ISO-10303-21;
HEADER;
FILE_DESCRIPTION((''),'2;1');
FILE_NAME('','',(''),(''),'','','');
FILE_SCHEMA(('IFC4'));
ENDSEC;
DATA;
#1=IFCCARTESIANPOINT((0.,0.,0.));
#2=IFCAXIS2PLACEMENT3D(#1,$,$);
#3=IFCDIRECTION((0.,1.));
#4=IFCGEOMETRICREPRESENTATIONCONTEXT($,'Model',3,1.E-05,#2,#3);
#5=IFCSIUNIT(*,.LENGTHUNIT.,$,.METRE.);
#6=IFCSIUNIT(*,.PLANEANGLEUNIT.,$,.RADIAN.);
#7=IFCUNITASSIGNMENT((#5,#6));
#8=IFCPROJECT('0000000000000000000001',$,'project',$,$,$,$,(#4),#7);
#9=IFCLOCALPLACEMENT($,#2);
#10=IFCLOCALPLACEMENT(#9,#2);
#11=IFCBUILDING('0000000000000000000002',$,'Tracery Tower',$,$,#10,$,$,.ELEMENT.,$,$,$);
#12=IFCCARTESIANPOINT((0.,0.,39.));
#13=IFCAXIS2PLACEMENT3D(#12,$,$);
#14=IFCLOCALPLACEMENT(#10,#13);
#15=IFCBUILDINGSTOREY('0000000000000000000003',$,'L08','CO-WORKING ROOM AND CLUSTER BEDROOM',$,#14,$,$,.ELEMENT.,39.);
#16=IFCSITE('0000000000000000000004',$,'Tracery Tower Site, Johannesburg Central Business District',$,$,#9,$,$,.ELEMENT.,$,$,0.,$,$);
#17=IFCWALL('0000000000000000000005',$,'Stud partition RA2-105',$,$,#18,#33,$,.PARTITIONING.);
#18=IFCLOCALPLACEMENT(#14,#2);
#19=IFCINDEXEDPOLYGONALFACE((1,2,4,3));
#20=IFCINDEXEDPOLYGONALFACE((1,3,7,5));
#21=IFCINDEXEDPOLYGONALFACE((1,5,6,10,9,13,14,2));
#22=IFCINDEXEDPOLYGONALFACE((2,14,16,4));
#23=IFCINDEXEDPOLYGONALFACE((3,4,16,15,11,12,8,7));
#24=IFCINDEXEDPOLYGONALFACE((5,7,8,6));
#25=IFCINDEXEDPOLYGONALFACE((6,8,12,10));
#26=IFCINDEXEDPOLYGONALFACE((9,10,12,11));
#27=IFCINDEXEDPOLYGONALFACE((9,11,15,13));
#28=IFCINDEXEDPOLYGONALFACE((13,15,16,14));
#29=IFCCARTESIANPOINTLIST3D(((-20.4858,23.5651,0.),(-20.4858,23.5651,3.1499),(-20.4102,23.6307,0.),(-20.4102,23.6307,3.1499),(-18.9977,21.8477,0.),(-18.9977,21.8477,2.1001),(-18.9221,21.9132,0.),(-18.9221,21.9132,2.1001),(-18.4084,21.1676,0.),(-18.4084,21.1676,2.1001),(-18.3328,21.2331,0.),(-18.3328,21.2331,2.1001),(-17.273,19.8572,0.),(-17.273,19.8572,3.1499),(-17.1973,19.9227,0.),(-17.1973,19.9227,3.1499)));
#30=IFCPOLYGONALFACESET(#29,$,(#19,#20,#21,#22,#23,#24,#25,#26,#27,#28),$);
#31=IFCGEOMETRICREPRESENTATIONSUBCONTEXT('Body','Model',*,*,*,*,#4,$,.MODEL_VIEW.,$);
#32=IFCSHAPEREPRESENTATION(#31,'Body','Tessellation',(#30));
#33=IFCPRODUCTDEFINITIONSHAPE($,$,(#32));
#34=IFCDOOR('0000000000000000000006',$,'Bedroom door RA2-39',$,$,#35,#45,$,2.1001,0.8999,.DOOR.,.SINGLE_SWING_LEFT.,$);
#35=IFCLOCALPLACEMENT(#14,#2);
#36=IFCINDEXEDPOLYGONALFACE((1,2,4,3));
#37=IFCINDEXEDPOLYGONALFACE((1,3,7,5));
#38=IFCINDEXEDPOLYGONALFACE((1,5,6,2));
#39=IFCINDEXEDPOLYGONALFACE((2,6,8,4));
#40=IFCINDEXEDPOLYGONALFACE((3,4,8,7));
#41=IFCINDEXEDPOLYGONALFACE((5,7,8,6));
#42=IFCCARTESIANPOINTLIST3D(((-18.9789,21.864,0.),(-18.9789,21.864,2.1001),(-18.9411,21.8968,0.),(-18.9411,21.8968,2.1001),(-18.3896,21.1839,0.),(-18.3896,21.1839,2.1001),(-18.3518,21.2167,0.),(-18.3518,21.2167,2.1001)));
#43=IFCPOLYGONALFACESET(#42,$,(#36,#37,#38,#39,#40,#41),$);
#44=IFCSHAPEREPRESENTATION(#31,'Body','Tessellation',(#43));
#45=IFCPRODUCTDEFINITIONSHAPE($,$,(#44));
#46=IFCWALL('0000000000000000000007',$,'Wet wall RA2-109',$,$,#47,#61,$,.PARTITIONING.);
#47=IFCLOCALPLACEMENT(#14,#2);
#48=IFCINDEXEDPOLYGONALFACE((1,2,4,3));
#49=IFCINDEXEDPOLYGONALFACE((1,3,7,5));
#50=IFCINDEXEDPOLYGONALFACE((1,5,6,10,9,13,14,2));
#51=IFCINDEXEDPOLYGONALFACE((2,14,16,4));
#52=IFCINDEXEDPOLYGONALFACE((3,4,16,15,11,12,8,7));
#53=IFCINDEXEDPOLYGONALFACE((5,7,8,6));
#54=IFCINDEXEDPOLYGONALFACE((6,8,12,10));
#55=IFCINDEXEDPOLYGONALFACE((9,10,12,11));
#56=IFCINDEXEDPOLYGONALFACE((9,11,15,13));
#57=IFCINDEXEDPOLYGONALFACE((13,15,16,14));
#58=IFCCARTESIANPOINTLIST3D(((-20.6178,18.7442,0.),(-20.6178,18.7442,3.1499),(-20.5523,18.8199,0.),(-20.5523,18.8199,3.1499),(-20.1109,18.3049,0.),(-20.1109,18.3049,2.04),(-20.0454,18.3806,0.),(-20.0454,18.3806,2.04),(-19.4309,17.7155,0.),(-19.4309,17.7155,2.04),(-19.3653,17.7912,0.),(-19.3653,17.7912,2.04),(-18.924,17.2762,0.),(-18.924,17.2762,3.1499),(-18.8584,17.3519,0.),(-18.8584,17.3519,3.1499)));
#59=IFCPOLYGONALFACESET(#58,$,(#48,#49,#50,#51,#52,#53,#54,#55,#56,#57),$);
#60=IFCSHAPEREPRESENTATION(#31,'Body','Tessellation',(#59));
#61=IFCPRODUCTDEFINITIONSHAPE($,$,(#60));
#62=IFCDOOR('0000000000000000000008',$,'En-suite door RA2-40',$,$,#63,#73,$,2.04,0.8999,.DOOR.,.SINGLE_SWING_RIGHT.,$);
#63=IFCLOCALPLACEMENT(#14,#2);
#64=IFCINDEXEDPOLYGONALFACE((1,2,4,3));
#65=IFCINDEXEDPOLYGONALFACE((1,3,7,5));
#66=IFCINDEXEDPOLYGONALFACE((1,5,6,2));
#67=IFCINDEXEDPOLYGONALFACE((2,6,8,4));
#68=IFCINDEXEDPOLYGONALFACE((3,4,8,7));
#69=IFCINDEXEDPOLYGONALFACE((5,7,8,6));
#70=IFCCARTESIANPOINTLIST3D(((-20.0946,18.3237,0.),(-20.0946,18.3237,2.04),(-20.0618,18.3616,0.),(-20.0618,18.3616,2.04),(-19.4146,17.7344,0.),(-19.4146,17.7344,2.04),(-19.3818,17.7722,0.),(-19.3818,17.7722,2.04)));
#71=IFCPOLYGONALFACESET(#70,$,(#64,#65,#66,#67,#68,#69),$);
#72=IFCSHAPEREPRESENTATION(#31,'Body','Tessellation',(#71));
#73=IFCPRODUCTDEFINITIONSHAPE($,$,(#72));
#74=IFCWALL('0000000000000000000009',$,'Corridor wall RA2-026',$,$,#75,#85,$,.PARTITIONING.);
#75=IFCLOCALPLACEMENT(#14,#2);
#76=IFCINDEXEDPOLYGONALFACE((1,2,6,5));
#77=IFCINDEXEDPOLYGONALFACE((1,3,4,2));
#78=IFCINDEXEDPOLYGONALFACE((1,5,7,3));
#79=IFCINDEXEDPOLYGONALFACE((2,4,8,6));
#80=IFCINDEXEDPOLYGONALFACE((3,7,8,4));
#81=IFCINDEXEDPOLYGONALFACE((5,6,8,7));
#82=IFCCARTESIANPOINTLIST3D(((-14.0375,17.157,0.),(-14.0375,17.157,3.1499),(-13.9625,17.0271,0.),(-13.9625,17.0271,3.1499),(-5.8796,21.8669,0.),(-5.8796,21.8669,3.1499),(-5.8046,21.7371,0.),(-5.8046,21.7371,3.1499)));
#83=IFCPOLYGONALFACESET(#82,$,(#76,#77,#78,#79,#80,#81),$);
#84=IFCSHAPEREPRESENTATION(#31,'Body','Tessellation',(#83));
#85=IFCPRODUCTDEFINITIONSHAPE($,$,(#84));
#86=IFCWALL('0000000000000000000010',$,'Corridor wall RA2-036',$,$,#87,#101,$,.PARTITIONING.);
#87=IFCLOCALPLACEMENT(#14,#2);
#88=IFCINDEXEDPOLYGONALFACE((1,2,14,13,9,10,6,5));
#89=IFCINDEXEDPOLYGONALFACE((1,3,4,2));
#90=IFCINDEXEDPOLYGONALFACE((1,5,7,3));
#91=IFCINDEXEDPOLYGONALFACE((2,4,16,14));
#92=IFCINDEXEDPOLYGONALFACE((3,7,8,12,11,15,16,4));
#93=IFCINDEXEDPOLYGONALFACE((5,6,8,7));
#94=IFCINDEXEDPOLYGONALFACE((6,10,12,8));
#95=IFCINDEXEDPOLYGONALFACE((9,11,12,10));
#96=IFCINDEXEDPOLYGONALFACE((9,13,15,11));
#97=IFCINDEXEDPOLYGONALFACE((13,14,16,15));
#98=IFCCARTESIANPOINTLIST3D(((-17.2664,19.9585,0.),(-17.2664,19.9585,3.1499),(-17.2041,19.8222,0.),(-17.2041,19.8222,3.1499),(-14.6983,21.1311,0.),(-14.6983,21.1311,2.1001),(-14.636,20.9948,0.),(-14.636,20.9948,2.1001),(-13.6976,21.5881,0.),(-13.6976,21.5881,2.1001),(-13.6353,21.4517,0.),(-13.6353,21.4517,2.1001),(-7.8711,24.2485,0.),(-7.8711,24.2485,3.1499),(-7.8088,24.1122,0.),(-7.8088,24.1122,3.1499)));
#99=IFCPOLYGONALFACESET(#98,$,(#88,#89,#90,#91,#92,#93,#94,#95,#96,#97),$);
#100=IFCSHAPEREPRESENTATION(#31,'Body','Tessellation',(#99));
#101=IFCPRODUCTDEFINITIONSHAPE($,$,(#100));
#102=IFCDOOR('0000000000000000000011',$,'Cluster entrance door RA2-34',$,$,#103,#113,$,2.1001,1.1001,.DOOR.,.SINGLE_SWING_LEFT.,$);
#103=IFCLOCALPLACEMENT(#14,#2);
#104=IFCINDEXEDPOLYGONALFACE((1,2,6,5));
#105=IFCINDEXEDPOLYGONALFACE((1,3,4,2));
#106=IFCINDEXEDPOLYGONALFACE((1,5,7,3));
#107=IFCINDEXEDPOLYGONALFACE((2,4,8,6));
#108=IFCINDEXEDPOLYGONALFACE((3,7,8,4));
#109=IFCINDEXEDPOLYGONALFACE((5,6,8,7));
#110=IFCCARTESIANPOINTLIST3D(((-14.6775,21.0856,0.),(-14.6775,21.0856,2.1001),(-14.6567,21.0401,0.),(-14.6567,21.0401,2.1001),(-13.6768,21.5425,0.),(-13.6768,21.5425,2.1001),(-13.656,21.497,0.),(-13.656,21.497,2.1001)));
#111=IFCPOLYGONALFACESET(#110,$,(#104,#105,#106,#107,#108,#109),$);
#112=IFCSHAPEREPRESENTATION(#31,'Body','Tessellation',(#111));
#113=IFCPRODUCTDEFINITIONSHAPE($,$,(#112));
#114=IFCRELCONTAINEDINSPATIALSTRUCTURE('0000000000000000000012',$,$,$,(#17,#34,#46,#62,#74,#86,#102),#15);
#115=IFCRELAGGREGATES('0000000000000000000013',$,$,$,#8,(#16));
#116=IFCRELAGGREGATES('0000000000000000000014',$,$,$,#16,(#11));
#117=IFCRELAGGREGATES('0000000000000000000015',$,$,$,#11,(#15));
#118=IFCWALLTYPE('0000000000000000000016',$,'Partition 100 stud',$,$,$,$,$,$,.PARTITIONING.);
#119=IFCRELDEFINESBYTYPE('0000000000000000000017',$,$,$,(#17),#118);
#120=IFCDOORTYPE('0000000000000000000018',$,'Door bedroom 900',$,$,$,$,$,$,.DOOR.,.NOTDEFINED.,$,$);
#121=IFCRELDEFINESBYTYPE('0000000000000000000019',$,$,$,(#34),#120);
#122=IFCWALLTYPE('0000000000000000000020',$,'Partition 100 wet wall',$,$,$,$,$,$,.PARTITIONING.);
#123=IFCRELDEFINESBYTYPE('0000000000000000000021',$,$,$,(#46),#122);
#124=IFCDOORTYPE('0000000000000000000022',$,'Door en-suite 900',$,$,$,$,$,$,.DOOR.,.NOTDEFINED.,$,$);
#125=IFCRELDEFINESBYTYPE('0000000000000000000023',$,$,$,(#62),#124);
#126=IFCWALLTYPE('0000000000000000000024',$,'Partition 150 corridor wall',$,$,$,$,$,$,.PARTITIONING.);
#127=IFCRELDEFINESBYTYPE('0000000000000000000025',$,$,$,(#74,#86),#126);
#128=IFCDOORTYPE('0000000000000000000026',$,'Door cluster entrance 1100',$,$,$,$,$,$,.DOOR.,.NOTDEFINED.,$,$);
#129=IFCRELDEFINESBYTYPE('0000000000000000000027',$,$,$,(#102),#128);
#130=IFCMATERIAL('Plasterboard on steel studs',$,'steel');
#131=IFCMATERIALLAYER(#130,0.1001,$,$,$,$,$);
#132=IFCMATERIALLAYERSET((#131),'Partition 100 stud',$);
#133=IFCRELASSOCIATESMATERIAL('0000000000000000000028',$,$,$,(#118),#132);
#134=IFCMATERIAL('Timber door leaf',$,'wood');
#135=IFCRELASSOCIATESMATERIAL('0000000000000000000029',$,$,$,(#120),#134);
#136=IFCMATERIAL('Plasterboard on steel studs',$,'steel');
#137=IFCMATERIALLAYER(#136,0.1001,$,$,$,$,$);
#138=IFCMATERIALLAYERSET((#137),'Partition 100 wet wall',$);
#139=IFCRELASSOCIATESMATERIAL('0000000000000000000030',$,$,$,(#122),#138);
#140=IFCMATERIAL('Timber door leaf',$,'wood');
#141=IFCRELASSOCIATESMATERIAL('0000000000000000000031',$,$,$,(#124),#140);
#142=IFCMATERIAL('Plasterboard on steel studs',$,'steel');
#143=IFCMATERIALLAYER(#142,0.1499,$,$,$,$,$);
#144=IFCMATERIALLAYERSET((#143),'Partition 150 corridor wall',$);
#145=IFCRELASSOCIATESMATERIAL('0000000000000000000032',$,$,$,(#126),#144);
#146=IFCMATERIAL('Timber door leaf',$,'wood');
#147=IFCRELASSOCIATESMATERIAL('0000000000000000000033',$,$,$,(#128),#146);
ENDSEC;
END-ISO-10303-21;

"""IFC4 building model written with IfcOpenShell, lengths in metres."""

from ifc_helpers import new_model, si_unit, direction, frame, frame_2d, origin, place, context, subcontext, project, spatial, rectangle, extrude, material, layer, layer_set, type_object, element, fill, save


model = new_model("IFC4")

# Units and contexts
model_context = context("Model", 3, precision=1e-05, world=origin(), true_north=direction((0.0, 1.0)))
body_context = subcontext(model_context, "Body", "Model", "MODEL_VIEW")
ifc_project = project(units=[si_unit("LENGTHUNIT", "METRE"), si_unit("PLANEANGLEUNIT", "RADIAN")], contexts=[model_context])

# Site, building, storey
site_placement = place(None, origin())
site = spatial("IfcSite", under=ifc_project, at=site_placement, Name="Tracery Tower Site, Johannesburg Central Business District", CompositionType="ELEMENT", RefElevation=0.0)
building_placement = place(site_placement, origin())
building = spatial("IfcBuilding", under=site, at=building_placement, Name="Tracery Tower", CompositionType="ELEMENT")
storey_placement = place(building_placement, frame((0.0, 0.0, 39.0)))
storey = spatial("IfcBuildingStorey", under=building, at=storey_placement, Name="L08", Description="CO-WORKING ROOM AND CLUSTER BEDROOM", CompositionType="ELEMENT", Elevation=39.0)

# Walls, openings, doors
ifc_material_1 = material(Name="Plasterboard on steel studs", Category="steel")
ifc_layer_1 = layer(ifc_material_1, 0.1001)
ifc_layer_set_1 = layer_set([ifc_layer_1], Name="Partition 100 stud")
wall_type_1 = type_object("IfcWallType", Name="Partition 100 stud", PredefinedType="PARTITIONING", material=ifc_layer_set_1)
wall_1_placement = place(storey_placement, frame((-20.448, 23.5979, 0.0), z_axis=(0.0, 0.0, 1.0), x_axis=(0.654847, -0.755761, 0.0)))
wall_1 = element("IfcWall", 1, at=wall_1_placement, inside=storey, type_object=wall_type_1, Name="Stud partition RA2-105", PredefinedType="PARTITIONING", context=body_context, shape_type="SweptSolid", body=[
    extrude(rectangle(XDim=4.9062, YDim=0.1001, at=frame_2d((2.4531, 0.0))), origin(), (0.0, 0.0, 1.0), 3.1499),
])
opening_1_placement = place(wall_1_placement, frame((2.2725, 0.0, 0.0)))
opening_1 = element("IfcOpeningElement", 2, at=opening_1_placement, cuts=wall_1, PredefinedType="OPENING", context=body_context, shape_type="SweptSolid", body=[
    extrude(rectangle(XDim=0.8999, YDim=2.1001, at=frame_2d((0.45, 1.05))), frame((0.0, 0.05, 0.0), z_axis=(0.0, -1.0, 0.0), x_axis=(1.0, 0.0, 0.0)), (0.0, 0.0, 1.0), 0.1001),
])
ifc_material_2 = material(Name="Timber door leaf", Category="wood")
door_type_1 = type_object("IfcDoorType", Name="Door bedroom 900", OperationType="NOTDEFINED", PredefinedType="DOOR", material=ifc_material_2)
door_1_placement = place(opening_1_placement, origin())
door_1 = element("IfcDoor", 3, at=door_1_placement, inside=storey, type_object=door_type_1, Name="Bedroom door RA2-39", OperationType="SINGLE_SWING_LEFT", OverallHeight=2.1001, OverallWidth=0.8999, PredefinedType="DOOR", context=body_context, shape_type="SweptSolid", body=[
    extrude(rectangle(XDim=0.8999, YDim=2.1001, at=frame_2d((0.45, 1.05))), frame((0.0, 0.0249, 0.0), z_axis=(0.0, -1.0, 0.0), x_axis=(1.0, 0.0, 0.0)), (0.0, 0.0, 1.0), 0.05),
])
fill(opening_1, door_1)
ifc_material_3 = material(Name="Plasterboard on steel studs", Category="steel")
ifc_layer_2 = layer(ifc_material_3, 0.1001)
ifc_layer_set_2 = layer_set([ifc_layer_2], Name="Partition 100 wet wall")
wall_type_2 = type_object("IfcWallType", Name="Partition 100 wet wall", PredefinedType="PARTITIONING", material=ifc_layer_set_2)
wall_2_placement = place(storey_placement, frame((-20.585, 18.782, 0.0), z_axis=(0.0, 0.0, 1.0), x_axis=(0.755685, -0.654935, 0.0)))
wall_2 = element("IfcWall", 4, at=wall_2_placement, inside=storey, type_object=wall_type_2, Name="Wet wall RA2-109", PredefinedType="PARTITIONING", context=body_context, shape_type="SweptSolid", body=[
    extrude(rectangle(XDim=2.2415, YDim=0.1001, at=frame_2d((1.1206, 0.0))), origin(), (0.0, 0.0, 1.0), 3.1499),
])
opening_2_placement = place(wall_2_placement, frame((0.6707, 0.0, 0.0)))
opening_2 = element("IfcOpeningElement", 5, at=opening_2_placement, cuts=wall_2, PredefinedType="OPENING", context=body_context, shape_type="SweptSolid", body=[
    extrude(rectangle(XDim=0.8999, YDim=2.04, at=frame_2d((0.45, 1.02))), frame((0.0, 0.05, 0.0), z_axis=(0.0, -1.0, 0.0), x_axis=(1.0, 0.0, 0.0)), (0.0, 0.0, 1.0), 0.1001),
])
ifc_material_4 = material(Name="Timber door leaf", Category="wood")
door_type_2 = type_object("IfcDoorType", Name="Door en-suite 900", OperationType="NOTDEFINED", PredefinedType="DOOR", material=ifc_material_4)
door_2_placement = place(opening_2_placement, origin())
door_2 = element("IfcDoor", 6, at=door_2_placement, inside=storey, type_object=door_type_2, Name="En-suite door RA2-40", OperationType="SINGLE_SWING_RIGHT", OverallHeight=2.04, OverallWidth=0.8999, PredefinedType="DOOR", context=body_context, shape_type="SweptSolid", body=[
    extrude(rectangle(XDim=0.8999, YDim=2.04, at=frame_2d((0.45, 1.02))), frame((0.0, 0.0249, 0.0), z_axis=(0.0, -1.0, 0.0), x_axis=(1.0, 0.0, 0.0)), (0.0, 0.0, 1.0), 0.05),
])
fill(opening_2, door_2)

# Wall
ifc_material_5 = material(Name="Plasterboard on steel studs", Category="steel")
ifc_layer_3 = layer(ifc_material_5, 0.1499)
ifc_layer_set_3 = layer_set([ifc_layer_3], Name="Partition 150 corridor wall")
wall_type_3 = type_object("IfcWallType", Name="Partition 150 corridor wall", PredefinedType="PARTITIONING", material=ifc_layer_set_3)
wall_3_placement = place(storey_placement, frame((-14.0, 17.092, 0.0), z_axis=(0.0, 0.0, 1.0), x_axis=(0.866027, 0.499997, 0.0)))
element("IfcWall", 7, at=wall_3_placement, inside=storey, type_object=wall_type_3, Name="Corridor wall RA2-026", PredefinedType="PARTITIONING", context=body_context, shape_type="SweptSolid", body=[
    extrude(rectangle(XDim=9.4199, YDim=0.1499, at=frame_2d((4.71, 0.0))), origin(), (0.0, 0.0, 1.0), 3.1499),
])

# Wall, opening, door
wall_4_placement = place(storey_placement, frame((-17.2351, 19.8904, 0.0), z_axis=(0.0, 0.0, 1.0), x_axis=(0.909655, 0.415364, 0.0)))
wall_4 = element("IfcWall", 8, at=wall_4_placement, inside=storey, type_object=wall_type_3, Name="Corridor wall RA2-036", PredefinedType="PARTITIONING", context=body_context, shape_type="SweptSolid", body=[
    extrude(rectangle(XDim=10.3284, YDim=0.1499, at=frame_2d((5.1641, 0.0))), origin(), (0.0, 0.0, 1.0), 3.1499),
])
opening_3_placement = place(wall_4_placement, frame((2.823, 0.0, 0.0)))
opening_3 = element("IfcOpeningElement", 9, at=opening_3_placement, cuts=wall_4, PredefinedType="OPENING", context=body_context, shape_type="SweptSolid", body=[
    extrude(rectangle(XDim=1.1001, YDim=2.1001, at=frame_2d((0.55, 1.05))), frame((0.0, 0.075, 0.0), z_axis=(0.0, -1.0, 0.0), x_axis=(1.0, 0.0, 0.0)), (0.0, 0.0, 1.0), 0.1499),
])
ifc_material_6 = material(Name="Timber door leaf", Category="wood")
door_type_3 = type_object("IfcDoorType", Name="Door cluster entrance 1100", OperationType="NOTDEFINED", PredefinedType="DOOR", material=ifc_material_6)
door_3_placement = place(opening_3_placement, origin())
door_3 = element("IfcDoor", 10, at=door_3_placement, inside=storey, type_object=door_type_3, Name="Cluster entrance door RA2-34", OperationType="SINGLE_SWING_LEFT", OverallHeight=2.1001, OverallWidth=1.1001, PredefinedType="DOOR", context=body_context, shape_type="SweptSolid", body=[
    extrude(rectangle(XDim=1.1001, YDim=2.1001, at=frame_2d((0.55, 1.05))), frame((0.0, 0.0249, 0.0), z_axis=(0.0, -1.0, 0.0), x_axis=(1.0, 0.0, 0.0)), (0.0, 0.0, 1.0), 0.05),
])
fill(opening_3, door_3)

save(model, "model.ifc")
